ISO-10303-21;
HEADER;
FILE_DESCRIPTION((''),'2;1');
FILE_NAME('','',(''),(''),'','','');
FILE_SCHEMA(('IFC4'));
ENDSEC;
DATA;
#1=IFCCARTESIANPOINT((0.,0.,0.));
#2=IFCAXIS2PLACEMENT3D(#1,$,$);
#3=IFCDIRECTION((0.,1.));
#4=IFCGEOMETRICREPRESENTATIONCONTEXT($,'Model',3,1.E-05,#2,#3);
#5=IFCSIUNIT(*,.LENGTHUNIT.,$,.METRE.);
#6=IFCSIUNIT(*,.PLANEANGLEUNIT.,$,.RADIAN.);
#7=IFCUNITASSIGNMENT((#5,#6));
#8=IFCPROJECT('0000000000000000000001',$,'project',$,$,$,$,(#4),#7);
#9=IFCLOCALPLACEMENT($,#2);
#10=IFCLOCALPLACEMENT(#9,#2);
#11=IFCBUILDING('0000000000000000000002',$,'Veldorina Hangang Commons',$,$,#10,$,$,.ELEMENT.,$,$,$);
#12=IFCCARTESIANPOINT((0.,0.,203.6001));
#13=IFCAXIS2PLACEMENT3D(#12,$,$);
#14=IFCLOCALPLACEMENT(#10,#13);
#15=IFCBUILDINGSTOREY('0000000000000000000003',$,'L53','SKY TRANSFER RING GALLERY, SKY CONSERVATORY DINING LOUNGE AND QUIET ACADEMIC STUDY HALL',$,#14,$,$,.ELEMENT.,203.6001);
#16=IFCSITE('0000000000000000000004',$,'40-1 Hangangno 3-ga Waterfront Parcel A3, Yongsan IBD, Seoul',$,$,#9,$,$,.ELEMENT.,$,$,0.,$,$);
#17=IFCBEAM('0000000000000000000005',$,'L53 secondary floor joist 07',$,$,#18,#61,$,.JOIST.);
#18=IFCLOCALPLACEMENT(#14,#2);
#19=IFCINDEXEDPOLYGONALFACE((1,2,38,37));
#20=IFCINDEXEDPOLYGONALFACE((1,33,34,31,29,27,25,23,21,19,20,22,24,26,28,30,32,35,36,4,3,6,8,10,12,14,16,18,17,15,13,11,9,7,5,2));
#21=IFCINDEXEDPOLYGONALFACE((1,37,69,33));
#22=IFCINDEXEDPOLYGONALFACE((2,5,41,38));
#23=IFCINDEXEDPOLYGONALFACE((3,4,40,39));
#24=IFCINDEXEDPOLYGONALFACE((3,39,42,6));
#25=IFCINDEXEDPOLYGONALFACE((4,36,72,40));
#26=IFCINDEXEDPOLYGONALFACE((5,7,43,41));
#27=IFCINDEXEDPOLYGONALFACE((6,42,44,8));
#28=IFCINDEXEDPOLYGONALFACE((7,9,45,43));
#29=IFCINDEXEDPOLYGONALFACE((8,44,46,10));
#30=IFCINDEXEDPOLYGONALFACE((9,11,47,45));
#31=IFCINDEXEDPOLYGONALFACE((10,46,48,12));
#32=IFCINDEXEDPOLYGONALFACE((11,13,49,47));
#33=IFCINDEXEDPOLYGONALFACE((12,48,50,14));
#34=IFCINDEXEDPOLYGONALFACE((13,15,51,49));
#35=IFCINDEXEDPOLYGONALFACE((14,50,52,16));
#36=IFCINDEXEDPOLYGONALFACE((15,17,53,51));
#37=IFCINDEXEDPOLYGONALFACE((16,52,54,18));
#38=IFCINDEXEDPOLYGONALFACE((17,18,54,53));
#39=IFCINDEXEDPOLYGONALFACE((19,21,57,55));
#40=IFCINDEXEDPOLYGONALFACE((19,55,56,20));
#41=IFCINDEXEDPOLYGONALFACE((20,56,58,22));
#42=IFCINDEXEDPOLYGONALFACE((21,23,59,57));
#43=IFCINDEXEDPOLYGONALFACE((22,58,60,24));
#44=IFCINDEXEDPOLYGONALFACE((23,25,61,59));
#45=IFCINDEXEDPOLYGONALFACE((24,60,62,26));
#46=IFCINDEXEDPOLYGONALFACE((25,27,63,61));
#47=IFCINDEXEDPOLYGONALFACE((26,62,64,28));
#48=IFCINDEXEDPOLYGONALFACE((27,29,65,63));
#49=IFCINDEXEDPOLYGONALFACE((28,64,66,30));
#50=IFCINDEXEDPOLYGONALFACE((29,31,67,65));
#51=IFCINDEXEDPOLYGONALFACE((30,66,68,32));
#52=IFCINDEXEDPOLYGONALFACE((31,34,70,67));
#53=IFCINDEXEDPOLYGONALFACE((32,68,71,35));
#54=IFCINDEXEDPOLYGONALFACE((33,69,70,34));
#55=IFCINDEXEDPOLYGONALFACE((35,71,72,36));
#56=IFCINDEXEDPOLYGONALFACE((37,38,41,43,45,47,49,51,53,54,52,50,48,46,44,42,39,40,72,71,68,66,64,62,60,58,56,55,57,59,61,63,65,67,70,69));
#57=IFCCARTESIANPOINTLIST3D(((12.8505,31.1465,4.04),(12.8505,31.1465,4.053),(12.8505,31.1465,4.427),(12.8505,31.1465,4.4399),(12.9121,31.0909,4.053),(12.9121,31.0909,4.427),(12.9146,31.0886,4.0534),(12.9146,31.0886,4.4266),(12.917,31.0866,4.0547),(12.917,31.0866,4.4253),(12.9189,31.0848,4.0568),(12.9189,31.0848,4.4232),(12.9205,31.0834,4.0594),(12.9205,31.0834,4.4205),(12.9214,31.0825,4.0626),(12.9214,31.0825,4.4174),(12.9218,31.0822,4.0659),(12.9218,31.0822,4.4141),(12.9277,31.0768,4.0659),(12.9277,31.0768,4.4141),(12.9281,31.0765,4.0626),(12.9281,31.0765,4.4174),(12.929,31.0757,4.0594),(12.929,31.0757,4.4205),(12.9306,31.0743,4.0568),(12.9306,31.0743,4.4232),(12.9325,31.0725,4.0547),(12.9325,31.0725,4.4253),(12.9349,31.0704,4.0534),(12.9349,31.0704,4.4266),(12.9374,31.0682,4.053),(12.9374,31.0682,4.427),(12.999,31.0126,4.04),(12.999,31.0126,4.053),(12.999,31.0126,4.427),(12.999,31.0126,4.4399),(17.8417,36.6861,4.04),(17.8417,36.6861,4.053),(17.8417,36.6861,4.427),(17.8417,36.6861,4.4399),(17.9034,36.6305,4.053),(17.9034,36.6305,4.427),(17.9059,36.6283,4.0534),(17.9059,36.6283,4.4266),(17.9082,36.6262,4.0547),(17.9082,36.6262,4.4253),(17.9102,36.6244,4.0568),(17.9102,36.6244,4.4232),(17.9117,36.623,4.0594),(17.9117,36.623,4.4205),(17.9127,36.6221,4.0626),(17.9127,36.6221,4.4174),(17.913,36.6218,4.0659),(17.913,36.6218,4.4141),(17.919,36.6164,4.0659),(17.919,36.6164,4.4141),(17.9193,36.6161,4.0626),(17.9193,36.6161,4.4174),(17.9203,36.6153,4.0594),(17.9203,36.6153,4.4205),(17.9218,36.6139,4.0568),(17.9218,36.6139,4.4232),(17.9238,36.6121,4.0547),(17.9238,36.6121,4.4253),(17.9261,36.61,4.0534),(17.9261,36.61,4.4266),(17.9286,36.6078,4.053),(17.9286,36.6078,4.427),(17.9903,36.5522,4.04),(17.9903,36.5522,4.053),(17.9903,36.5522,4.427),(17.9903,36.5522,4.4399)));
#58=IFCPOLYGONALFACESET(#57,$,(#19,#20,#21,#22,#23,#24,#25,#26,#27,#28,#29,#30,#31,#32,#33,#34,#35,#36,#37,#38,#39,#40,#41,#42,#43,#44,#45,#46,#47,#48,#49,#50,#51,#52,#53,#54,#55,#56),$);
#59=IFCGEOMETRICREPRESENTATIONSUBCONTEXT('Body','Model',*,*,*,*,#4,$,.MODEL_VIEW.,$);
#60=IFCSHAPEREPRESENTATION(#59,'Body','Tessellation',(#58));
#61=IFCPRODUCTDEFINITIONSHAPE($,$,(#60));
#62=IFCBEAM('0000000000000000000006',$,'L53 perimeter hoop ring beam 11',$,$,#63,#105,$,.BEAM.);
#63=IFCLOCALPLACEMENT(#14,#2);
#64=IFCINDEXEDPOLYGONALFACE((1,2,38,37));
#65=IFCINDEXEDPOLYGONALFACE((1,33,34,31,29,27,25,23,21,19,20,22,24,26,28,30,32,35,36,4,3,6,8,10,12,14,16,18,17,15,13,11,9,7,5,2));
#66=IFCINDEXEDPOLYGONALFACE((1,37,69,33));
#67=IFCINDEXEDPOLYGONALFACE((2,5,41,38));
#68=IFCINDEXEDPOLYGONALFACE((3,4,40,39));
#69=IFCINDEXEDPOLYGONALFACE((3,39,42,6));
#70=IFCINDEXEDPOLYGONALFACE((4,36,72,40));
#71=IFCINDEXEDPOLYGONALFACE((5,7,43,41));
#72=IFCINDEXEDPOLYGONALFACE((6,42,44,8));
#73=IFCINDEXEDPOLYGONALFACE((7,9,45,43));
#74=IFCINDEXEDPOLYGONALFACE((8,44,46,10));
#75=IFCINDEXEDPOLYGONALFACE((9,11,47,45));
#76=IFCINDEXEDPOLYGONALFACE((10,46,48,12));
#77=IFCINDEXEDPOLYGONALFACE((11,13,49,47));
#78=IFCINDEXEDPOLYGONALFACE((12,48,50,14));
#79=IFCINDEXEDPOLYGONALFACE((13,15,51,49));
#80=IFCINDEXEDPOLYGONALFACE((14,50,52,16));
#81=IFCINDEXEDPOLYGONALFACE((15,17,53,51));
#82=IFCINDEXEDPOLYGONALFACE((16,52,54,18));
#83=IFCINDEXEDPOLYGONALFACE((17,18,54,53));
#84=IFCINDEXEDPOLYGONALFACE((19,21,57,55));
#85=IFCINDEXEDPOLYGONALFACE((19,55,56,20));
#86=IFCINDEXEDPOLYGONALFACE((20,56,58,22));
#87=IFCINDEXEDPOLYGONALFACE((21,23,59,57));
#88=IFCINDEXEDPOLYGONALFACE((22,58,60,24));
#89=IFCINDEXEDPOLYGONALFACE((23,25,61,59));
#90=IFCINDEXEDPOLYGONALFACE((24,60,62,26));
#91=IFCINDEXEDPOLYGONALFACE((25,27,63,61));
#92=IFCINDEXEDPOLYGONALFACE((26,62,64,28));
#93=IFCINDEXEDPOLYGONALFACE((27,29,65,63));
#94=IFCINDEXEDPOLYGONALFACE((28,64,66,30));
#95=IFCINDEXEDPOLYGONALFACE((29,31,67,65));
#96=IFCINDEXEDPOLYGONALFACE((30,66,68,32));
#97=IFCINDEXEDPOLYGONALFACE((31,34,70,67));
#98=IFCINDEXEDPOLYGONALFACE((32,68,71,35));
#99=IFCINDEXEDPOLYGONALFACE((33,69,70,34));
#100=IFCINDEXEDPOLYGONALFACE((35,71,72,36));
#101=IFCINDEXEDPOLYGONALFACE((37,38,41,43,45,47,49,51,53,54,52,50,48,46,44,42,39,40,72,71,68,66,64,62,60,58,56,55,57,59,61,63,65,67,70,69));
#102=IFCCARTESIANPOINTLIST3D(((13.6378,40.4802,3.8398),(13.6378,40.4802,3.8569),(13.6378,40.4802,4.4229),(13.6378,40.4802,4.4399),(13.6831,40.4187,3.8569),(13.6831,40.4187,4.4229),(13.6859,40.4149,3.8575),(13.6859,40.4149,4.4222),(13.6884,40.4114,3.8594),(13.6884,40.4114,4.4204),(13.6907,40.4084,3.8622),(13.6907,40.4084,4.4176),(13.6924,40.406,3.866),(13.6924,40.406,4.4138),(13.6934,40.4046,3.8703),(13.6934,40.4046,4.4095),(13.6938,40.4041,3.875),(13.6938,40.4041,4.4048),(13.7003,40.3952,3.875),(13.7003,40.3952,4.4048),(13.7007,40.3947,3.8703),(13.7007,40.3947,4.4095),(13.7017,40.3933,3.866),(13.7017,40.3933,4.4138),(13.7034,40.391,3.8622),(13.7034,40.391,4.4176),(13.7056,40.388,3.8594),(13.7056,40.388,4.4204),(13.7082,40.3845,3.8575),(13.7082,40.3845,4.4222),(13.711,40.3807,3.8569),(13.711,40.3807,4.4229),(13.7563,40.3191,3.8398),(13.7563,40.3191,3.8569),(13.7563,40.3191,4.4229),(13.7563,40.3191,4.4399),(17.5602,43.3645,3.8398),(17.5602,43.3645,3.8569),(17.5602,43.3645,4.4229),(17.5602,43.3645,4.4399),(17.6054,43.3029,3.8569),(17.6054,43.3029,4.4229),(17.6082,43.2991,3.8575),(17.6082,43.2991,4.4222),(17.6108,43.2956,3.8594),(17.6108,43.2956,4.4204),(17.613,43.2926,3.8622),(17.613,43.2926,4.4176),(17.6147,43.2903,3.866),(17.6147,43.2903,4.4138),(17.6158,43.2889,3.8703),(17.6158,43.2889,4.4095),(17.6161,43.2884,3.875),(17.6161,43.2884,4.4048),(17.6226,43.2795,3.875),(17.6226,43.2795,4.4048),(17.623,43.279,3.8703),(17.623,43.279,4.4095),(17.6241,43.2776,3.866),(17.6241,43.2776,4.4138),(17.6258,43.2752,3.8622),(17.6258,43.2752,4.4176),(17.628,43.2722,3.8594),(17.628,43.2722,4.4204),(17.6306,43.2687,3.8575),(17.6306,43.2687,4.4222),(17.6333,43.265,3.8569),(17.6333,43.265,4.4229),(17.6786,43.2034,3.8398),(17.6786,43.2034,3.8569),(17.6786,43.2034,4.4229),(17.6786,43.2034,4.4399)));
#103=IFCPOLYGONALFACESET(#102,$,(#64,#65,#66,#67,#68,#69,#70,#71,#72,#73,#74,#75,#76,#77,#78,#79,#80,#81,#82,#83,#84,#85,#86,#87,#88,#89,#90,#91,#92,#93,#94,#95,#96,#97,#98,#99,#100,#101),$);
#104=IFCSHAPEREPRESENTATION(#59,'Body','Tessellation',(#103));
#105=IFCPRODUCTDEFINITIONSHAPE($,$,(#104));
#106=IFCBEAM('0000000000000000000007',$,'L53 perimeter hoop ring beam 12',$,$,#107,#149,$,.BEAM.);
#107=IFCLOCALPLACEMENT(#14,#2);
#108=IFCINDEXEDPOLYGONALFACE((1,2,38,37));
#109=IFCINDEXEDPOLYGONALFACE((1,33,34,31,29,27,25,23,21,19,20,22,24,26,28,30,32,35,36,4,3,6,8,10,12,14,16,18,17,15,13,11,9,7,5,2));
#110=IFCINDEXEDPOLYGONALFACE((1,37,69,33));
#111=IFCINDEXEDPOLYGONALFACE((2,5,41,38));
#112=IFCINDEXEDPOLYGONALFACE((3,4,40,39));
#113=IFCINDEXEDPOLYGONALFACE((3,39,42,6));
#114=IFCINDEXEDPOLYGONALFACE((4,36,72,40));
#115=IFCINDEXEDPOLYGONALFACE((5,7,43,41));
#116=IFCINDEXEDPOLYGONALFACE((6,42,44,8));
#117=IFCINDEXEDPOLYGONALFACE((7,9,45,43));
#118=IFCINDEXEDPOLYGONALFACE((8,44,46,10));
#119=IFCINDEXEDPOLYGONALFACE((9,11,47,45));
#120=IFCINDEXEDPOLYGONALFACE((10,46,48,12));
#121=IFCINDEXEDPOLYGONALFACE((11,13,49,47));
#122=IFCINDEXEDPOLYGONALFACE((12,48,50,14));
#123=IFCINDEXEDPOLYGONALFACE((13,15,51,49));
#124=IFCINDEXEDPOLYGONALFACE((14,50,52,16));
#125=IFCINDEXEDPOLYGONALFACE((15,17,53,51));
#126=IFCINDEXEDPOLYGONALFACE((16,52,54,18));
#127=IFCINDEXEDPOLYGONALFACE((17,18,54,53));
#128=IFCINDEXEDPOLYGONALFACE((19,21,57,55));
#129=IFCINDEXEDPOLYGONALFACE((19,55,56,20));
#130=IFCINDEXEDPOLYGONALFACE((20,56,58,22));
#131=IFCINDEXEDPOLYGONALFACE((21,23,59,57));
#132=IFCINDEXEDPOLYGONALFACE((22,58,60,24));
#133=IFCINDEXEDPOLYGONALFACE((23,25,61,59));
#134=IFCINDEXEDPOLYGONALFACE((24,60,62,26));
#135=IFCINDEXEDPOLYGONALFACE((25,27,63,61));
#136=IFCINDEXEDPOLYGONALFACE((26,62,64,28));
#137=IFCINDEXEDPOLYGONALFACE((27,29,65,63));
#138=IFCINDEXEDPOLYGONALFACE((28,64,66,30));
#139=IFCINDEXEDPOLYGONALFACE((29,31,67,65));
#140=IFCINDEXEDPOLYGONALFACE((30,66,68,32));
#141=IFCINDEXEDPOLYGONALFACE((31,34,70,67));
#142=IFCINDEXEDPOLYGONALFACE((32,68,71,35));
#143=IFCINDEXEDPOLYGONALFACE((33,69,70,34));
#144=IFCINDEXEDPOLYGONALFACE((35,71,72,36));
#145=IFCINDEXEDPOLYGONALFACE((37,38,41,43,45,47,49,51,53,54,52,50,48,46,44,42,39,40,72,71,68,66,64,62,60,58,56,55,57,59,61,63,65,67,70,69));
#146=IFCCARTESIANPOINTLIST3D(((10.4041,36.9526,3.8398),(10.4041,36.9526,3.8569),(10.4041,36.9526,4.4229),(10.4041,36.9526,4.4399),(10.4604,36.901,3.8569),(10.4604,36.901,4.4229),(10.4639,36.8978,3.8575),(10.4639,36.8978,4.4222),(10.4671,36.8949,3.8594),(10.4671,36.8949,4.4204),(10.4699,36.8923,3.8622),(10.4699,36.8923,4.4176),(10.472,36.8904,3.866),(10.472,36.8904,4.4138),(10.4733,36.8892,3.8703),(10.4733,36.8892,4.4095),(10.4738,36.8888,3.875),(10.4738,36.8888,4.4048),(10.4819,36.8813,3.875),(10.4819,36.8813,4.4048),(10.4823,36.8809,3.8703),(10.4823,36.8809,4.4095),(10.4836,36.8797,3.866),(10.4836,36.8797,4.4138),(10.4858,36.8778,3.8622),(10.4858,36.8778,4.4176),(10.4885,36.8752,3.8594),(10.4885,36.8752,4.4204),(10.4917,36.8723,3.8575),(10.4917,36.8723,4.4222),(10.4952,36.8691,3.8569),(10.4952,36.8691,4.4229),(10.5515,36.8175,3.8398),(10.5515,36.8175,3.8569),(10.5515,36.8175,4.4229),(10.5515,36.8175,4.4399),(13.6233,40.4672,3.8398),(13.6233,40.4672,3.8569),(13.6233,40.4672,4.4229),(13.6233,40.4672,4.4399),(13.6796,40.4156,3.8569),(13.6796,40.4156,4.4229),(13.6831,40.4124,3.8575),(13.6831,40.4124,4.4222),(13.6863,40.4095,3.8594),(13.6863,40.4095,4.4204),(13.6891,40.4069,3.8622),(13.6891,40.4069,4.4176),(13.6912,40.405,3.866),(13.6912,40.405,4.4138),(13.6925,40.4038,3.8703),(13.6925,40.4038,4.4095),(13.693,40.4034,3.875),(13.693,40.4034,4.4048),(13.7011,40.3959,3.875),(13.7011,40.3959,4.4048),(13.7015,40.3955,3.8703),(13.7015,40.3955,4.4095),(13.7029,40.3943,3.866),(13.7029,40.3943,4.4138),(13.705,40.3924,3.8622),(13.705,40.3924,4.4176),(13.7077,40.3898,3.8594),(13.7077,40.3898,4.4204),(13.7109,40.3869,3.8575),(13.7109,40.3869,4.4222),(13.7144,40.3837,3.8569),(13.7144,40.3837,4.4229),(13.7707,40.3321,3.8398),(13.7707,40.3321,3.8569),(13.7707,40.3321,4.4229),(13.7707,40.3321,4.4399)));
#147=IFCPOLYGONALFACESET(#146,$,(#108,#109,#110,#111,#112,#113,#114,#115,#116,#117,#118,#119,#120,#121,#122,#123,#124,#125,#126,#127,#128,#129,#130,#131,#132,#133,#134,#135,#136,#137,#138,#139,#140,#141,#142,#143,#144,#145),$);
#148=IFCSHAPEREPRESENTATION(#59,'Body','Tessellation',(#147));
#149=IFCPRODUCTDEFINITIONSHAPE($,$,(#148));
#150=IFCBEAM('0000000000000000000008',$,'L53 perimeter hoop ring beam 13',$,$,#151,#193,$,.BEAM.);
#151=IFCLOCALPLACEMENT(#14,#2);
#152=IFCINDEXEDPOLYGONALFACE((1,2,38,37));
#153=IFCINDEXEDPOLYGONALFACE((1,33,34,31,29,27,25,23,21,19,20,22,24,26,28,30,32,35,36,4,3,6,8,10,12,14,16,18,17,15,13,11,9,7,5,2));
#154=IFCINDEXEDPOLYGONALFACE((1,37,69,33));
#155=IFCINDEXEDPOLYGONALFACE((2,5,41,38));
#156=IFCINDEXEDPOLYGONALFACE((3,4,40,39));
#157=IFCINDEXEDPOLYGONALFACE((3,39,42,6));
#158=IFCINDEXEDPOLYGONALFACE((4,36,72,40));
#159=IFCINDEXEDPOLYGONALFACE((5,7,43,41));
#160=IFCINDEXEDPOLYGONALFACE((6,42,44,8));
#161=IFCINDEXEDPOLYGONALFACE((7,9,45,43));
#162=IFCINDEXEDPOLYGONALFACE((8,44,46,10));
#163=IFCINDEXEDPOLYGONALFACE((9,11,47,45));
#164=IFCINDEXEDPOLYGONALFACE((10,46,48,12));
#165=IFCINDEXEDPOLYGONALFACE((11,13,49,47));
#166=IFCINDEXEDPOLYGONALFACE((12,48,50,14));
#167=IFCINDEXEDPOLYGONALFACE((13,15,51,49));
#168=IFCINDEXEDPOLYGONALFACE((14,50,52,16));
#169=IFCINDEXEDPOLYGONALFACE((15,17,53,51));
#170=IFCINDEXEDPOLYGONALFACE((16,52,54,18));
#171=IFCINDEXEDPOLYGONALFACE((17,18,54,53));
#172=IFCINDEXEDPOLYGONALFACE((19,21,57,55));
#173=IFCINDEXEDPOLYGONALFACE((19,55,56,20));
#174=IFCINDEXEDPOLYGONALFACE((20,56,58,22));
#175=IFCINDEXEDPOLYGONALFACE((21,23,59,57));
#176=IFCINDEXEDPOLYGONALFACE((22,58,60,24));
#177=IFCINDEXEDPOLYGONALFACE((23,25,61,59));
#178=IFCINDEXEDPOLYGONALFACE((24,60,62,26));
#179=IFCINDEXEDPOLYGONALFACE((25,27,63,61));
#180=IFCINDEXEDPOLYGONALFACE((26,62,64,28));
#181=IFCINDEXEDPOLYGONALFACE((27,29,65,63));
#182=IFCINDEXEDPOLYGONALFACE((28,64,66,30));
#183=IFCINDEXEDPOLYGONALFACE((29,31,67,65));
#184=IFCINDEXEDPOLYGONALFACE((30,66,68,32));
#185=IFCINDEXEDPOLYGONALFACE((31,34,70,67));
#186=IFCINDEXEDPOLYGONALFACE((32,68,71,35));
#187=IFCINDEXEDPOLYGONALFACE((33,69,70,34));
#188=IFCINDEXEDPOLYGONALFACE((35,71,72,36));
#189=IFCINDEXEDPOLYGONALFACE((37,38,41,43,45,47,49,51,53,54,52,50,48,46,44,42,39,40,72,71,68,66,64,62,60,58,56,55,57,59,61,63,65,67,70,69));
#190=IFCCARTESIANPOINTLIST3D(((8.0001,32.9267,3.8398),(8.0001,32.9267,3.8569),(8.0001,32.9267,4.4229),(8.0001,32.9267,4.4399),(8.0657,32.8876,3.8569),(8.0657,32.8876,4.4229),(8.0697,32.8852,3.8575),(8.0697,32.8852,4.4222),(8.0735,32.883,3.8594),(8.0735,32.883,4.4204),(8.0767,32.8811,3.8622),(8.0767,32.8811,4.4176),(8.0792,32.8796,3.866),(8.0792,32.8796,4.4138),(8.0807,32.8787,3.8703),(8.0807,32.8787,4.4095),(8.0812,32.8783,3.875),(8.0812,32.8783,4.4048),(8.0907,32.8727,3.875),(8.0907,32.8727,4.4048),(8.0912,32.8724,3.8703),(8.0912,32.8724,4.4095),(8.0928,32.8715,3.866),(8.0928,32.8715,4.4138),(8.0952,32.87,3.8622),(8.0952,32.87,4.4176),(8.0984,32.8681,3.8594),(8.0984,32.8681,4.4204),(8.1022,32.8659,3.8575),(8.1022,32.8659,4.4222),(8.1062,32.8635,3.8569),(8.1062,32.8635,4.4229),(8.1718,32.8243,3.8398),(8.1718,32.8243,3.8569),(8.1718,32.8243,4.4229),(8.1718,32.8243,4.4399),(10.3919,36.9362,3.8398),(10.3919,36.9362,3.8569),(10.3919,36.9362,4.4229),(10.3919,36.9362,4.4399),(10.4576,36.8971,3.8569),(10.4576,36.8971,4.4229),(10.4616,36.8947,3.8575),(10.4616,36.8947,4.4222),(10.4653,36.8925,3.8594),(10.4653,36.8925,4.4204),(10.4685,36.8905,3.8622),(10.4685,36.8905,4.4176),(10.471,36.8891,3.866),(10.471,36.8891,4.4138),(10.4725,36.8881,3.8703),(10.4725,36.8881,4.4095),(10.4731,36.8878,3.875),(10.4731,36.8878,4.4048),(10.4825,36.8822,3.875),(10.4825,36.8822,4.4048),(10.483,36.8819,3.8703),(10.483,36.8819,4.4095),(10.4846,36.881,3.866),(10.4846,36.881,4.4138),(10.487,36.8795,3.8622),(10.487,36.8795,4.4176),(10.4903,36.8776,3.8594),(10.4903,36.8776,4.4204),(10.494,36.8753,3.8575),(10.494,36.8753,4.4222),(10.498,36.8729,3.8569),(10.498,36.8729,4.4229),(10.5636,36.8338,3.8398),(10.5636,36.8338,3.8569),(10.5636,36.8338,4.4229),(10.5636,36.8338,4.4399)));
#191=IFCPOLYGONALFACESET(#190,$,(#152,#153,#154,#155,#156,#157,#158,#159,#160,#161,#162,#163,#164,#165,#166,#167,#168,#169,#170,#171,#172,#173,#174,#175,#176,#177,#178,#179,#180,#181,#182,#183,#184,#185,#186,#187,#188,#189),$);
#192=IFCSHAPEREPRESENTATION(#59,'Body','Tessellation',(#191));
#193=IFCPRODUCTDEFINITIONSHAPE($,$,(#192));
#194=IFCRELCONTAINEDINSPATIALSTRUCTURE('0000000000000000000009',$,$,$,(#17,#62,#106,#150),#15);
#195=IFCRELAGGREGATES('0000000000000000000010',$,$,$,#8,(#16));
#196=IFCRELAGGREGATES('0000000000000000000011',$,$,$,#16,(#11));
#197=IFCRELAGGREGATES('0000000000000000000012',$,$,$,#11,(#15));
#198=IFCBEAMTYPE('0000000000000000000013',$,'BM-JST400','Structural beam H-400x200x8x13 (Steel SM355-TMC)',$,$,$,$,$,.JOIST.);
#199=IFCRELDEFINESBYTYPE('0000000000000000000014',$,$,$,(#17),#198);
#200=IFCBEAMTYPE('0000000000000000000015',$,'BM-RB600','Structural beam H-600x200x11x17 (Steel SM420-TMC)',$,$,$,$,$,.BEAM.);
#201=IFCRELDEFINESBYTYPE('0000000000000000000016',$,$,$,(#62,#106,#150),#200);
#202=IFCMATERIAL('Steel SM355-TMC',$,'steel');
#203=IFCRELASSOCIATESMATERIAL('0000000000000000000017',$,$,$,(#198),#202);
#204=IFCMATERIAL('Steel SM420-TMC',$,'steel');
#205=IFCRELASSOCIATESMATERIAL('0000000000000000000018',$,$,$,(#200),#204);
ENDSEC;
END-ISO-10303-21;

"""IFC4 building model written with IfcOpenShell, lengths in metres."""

from ifc_helpers import new_model, si_unit, direction, frame, origin, origin_2d, place, context, subcontext, project, spatial, i_section, extrude, material, material_profile, profile_set, type_object, element, save


model = new_model("IFC4")

# Units and contexts
model_context = context("Model", 3, precision=1e-05, world=origin(), true_north=direction((0.0, 1.0)))
body_context = subcontext(model_context, "Body", "Model", "MODEL_VIEW")
ifc_project = project(units=[si_unit("LENGTHUNIT", "METRE"), si_unit("PLANEANGLEUNIT", "RADIAN")], contexts=[model_context])

# Site, building, storey
site_placement = place(None, origin())
site = spatial("IfcSite", under=ifc_project, at=site_placement, Name="40-1 Hangangno 3-ga Waterfront Parcel A3, Yongsan IBD, Seoul", CompositionType="ELEMENT", RefElevation=0.0)
building_placement = place(site_placement, origin())
building = spatial("IfcBuilding", under=site, at=building_placement, Name="Veldorina Hangang Commons", CompositionType="ELEMENT")
storey_placement = place(building_placement, frame((0.0, 0.0, 203.6001)))
storey = spatial("IfcBuildingStorey", under=building, at=storey_placement, Name="L53", Description="SKY TRANSFER RING GALLERY, SKY CONSERVATORY DINING LOUNGE AND QUIET ACADEMIC STUDY HALL", CompositionType="ELEMENT", Elevation=203.6001)

# Beams
ifc_material_1 = material(Name="Steel SM355-TMC", Category="steel")
ifc_material_profile_1 = material_profile(ifc_material_1, i_section(OverallWidth=0.2, OverallDepth=0.3999, WebThickness=0.0081, FlangeThickness=0.0129, FilletRadius=0.0129, at=origin_2d()), Name="H-400x200x8x13")
ifc_profile_set_1 = profile_set([ifc_material_profile_1], Name="Steel SM355-TMC")
beam_type_1 = type_object("IfcBeamType", Name="BM-JST400", Description="Structural beam H-400x200x8x13 (Steel SM355-TMC)", PredefinedType="JOIST", material=ifc_profile_set_1)
beam_1_placement = place(storey_placement, frame((17.916, 36.6191, 4.24), z_axis=(-0.669381, -0.74292, 0.0), x_axis=(0.74292, -0.669381, 0.0)))
element("IfcBeam", 1, at=beam_1_placement, inside=storey, type_object=beam_type_1, Name="L53 secondary floor joist 07", PredefinedType="JOIST", context=body_context, shape_type="SweptSolid", body=[
    extrude(i_section(OverallWidth=0.2, OverallDepth=0.3999, WebThickness=0.0081, FlangeThickness=0.0129, FilletRadius=0.0129, at=origin_2d()), origin(), (0.0, 0.0, 1.0), 7.4565),
])
ifc_material_2 = material(Name="Steel SM420-TMC", Category="steel")
ifc_material_profile_2 = material_profile(ifc_material_2, i_section(OverallWidth=0.2, OverallDepth=0.6001, WebThickness=0.011, FlangeThickness=0.0171, FilletRadius=0.0181, at=origin_2d()), Name="H-600x200x11x17")
ifc_profile_set_2 = profile_set([ifc_material_profile_2], Name="Steel SM420-TMC")
beam_type_2 = type_object("IfcBeamType", Name="BM-RB600", Description="Structural beam H-600x200x11x17 (Steel SM420-TMC)", PredefinedType="BEAM", material=ifc_profile_set_2)
beam_2_placement = place(storey_placement, frame((17.6194, 43.2839, 4.1399), z_axis=(-0.805633, -0.592415, 0.0), x_axis=(0.592415, -0.805633, 0.0)))
element("IfcBeam", 2, at=beam_2_placement, inside=storey, type_object=beam_type_2, Name="L53 perimeter hoop ring beam 11", PredefinedType="BEAM", context=body_context, shape_type="SweptSolid", body=[
    extrude(i_section(OverallWidth=0.2, OverallDepth=0.6001, WebThickness=0.011, FlangeThickness=0.0171, FilletRadius=0.0181, at=origin_2d()), origin(), (0.0, 0.0, 1.0), 4.8687),
])
beam_3_placement = place(storey_placement, frame((13.697, 40.3997, 4.1399), z_axis=(-0.675437, -0.737418, 0.0), x_axis=(0.737418, -0.675437, 0.0)))
element("IfcBeam", 3, at=beam_3_placement, inside=storey, type_object=beam_type_2, Name="L53 perimeter hoop ring beam 12", PredefinedType="BEAM", context=body_context, shape_type="SweptSolid", body=[
    extrude(i_section(OverallWidth=0.2, OverallDepth=0.6001, WebThickness=0.011, FlangeThickness=0.0171, FilletRadius=0.0181, at=origin_2d()), origin(), (0.0, 0.0, 1.0), 4.7661),
])
beam_4_placement = place(storey_placement, frame((10.4778, 36.885, 4.1399), z_axis=(-0.51231, -0.858801, 0.0), x_axis=(0.858801, -0.51231, 0.0)))
element("IfcBeam", 4, at=beam_4_placement, inside=storey, type_object=beam_type_2, Name="L53 perimeter hoop ring beam 13", PredefinedType="BEAM", context=body_context, shape_type="SweptSolid", body=[
    extrude(i_section(OverallWidth=0.2, OverallDepth=0.6001, WebThickness=0.011, FlangeThickness=0.0171, FilletRadius=0.0181, at=origin_2d()), origin(), (0.0, 0.0, 1.0), 4.6687),
])

save(model, "model.ifc")
